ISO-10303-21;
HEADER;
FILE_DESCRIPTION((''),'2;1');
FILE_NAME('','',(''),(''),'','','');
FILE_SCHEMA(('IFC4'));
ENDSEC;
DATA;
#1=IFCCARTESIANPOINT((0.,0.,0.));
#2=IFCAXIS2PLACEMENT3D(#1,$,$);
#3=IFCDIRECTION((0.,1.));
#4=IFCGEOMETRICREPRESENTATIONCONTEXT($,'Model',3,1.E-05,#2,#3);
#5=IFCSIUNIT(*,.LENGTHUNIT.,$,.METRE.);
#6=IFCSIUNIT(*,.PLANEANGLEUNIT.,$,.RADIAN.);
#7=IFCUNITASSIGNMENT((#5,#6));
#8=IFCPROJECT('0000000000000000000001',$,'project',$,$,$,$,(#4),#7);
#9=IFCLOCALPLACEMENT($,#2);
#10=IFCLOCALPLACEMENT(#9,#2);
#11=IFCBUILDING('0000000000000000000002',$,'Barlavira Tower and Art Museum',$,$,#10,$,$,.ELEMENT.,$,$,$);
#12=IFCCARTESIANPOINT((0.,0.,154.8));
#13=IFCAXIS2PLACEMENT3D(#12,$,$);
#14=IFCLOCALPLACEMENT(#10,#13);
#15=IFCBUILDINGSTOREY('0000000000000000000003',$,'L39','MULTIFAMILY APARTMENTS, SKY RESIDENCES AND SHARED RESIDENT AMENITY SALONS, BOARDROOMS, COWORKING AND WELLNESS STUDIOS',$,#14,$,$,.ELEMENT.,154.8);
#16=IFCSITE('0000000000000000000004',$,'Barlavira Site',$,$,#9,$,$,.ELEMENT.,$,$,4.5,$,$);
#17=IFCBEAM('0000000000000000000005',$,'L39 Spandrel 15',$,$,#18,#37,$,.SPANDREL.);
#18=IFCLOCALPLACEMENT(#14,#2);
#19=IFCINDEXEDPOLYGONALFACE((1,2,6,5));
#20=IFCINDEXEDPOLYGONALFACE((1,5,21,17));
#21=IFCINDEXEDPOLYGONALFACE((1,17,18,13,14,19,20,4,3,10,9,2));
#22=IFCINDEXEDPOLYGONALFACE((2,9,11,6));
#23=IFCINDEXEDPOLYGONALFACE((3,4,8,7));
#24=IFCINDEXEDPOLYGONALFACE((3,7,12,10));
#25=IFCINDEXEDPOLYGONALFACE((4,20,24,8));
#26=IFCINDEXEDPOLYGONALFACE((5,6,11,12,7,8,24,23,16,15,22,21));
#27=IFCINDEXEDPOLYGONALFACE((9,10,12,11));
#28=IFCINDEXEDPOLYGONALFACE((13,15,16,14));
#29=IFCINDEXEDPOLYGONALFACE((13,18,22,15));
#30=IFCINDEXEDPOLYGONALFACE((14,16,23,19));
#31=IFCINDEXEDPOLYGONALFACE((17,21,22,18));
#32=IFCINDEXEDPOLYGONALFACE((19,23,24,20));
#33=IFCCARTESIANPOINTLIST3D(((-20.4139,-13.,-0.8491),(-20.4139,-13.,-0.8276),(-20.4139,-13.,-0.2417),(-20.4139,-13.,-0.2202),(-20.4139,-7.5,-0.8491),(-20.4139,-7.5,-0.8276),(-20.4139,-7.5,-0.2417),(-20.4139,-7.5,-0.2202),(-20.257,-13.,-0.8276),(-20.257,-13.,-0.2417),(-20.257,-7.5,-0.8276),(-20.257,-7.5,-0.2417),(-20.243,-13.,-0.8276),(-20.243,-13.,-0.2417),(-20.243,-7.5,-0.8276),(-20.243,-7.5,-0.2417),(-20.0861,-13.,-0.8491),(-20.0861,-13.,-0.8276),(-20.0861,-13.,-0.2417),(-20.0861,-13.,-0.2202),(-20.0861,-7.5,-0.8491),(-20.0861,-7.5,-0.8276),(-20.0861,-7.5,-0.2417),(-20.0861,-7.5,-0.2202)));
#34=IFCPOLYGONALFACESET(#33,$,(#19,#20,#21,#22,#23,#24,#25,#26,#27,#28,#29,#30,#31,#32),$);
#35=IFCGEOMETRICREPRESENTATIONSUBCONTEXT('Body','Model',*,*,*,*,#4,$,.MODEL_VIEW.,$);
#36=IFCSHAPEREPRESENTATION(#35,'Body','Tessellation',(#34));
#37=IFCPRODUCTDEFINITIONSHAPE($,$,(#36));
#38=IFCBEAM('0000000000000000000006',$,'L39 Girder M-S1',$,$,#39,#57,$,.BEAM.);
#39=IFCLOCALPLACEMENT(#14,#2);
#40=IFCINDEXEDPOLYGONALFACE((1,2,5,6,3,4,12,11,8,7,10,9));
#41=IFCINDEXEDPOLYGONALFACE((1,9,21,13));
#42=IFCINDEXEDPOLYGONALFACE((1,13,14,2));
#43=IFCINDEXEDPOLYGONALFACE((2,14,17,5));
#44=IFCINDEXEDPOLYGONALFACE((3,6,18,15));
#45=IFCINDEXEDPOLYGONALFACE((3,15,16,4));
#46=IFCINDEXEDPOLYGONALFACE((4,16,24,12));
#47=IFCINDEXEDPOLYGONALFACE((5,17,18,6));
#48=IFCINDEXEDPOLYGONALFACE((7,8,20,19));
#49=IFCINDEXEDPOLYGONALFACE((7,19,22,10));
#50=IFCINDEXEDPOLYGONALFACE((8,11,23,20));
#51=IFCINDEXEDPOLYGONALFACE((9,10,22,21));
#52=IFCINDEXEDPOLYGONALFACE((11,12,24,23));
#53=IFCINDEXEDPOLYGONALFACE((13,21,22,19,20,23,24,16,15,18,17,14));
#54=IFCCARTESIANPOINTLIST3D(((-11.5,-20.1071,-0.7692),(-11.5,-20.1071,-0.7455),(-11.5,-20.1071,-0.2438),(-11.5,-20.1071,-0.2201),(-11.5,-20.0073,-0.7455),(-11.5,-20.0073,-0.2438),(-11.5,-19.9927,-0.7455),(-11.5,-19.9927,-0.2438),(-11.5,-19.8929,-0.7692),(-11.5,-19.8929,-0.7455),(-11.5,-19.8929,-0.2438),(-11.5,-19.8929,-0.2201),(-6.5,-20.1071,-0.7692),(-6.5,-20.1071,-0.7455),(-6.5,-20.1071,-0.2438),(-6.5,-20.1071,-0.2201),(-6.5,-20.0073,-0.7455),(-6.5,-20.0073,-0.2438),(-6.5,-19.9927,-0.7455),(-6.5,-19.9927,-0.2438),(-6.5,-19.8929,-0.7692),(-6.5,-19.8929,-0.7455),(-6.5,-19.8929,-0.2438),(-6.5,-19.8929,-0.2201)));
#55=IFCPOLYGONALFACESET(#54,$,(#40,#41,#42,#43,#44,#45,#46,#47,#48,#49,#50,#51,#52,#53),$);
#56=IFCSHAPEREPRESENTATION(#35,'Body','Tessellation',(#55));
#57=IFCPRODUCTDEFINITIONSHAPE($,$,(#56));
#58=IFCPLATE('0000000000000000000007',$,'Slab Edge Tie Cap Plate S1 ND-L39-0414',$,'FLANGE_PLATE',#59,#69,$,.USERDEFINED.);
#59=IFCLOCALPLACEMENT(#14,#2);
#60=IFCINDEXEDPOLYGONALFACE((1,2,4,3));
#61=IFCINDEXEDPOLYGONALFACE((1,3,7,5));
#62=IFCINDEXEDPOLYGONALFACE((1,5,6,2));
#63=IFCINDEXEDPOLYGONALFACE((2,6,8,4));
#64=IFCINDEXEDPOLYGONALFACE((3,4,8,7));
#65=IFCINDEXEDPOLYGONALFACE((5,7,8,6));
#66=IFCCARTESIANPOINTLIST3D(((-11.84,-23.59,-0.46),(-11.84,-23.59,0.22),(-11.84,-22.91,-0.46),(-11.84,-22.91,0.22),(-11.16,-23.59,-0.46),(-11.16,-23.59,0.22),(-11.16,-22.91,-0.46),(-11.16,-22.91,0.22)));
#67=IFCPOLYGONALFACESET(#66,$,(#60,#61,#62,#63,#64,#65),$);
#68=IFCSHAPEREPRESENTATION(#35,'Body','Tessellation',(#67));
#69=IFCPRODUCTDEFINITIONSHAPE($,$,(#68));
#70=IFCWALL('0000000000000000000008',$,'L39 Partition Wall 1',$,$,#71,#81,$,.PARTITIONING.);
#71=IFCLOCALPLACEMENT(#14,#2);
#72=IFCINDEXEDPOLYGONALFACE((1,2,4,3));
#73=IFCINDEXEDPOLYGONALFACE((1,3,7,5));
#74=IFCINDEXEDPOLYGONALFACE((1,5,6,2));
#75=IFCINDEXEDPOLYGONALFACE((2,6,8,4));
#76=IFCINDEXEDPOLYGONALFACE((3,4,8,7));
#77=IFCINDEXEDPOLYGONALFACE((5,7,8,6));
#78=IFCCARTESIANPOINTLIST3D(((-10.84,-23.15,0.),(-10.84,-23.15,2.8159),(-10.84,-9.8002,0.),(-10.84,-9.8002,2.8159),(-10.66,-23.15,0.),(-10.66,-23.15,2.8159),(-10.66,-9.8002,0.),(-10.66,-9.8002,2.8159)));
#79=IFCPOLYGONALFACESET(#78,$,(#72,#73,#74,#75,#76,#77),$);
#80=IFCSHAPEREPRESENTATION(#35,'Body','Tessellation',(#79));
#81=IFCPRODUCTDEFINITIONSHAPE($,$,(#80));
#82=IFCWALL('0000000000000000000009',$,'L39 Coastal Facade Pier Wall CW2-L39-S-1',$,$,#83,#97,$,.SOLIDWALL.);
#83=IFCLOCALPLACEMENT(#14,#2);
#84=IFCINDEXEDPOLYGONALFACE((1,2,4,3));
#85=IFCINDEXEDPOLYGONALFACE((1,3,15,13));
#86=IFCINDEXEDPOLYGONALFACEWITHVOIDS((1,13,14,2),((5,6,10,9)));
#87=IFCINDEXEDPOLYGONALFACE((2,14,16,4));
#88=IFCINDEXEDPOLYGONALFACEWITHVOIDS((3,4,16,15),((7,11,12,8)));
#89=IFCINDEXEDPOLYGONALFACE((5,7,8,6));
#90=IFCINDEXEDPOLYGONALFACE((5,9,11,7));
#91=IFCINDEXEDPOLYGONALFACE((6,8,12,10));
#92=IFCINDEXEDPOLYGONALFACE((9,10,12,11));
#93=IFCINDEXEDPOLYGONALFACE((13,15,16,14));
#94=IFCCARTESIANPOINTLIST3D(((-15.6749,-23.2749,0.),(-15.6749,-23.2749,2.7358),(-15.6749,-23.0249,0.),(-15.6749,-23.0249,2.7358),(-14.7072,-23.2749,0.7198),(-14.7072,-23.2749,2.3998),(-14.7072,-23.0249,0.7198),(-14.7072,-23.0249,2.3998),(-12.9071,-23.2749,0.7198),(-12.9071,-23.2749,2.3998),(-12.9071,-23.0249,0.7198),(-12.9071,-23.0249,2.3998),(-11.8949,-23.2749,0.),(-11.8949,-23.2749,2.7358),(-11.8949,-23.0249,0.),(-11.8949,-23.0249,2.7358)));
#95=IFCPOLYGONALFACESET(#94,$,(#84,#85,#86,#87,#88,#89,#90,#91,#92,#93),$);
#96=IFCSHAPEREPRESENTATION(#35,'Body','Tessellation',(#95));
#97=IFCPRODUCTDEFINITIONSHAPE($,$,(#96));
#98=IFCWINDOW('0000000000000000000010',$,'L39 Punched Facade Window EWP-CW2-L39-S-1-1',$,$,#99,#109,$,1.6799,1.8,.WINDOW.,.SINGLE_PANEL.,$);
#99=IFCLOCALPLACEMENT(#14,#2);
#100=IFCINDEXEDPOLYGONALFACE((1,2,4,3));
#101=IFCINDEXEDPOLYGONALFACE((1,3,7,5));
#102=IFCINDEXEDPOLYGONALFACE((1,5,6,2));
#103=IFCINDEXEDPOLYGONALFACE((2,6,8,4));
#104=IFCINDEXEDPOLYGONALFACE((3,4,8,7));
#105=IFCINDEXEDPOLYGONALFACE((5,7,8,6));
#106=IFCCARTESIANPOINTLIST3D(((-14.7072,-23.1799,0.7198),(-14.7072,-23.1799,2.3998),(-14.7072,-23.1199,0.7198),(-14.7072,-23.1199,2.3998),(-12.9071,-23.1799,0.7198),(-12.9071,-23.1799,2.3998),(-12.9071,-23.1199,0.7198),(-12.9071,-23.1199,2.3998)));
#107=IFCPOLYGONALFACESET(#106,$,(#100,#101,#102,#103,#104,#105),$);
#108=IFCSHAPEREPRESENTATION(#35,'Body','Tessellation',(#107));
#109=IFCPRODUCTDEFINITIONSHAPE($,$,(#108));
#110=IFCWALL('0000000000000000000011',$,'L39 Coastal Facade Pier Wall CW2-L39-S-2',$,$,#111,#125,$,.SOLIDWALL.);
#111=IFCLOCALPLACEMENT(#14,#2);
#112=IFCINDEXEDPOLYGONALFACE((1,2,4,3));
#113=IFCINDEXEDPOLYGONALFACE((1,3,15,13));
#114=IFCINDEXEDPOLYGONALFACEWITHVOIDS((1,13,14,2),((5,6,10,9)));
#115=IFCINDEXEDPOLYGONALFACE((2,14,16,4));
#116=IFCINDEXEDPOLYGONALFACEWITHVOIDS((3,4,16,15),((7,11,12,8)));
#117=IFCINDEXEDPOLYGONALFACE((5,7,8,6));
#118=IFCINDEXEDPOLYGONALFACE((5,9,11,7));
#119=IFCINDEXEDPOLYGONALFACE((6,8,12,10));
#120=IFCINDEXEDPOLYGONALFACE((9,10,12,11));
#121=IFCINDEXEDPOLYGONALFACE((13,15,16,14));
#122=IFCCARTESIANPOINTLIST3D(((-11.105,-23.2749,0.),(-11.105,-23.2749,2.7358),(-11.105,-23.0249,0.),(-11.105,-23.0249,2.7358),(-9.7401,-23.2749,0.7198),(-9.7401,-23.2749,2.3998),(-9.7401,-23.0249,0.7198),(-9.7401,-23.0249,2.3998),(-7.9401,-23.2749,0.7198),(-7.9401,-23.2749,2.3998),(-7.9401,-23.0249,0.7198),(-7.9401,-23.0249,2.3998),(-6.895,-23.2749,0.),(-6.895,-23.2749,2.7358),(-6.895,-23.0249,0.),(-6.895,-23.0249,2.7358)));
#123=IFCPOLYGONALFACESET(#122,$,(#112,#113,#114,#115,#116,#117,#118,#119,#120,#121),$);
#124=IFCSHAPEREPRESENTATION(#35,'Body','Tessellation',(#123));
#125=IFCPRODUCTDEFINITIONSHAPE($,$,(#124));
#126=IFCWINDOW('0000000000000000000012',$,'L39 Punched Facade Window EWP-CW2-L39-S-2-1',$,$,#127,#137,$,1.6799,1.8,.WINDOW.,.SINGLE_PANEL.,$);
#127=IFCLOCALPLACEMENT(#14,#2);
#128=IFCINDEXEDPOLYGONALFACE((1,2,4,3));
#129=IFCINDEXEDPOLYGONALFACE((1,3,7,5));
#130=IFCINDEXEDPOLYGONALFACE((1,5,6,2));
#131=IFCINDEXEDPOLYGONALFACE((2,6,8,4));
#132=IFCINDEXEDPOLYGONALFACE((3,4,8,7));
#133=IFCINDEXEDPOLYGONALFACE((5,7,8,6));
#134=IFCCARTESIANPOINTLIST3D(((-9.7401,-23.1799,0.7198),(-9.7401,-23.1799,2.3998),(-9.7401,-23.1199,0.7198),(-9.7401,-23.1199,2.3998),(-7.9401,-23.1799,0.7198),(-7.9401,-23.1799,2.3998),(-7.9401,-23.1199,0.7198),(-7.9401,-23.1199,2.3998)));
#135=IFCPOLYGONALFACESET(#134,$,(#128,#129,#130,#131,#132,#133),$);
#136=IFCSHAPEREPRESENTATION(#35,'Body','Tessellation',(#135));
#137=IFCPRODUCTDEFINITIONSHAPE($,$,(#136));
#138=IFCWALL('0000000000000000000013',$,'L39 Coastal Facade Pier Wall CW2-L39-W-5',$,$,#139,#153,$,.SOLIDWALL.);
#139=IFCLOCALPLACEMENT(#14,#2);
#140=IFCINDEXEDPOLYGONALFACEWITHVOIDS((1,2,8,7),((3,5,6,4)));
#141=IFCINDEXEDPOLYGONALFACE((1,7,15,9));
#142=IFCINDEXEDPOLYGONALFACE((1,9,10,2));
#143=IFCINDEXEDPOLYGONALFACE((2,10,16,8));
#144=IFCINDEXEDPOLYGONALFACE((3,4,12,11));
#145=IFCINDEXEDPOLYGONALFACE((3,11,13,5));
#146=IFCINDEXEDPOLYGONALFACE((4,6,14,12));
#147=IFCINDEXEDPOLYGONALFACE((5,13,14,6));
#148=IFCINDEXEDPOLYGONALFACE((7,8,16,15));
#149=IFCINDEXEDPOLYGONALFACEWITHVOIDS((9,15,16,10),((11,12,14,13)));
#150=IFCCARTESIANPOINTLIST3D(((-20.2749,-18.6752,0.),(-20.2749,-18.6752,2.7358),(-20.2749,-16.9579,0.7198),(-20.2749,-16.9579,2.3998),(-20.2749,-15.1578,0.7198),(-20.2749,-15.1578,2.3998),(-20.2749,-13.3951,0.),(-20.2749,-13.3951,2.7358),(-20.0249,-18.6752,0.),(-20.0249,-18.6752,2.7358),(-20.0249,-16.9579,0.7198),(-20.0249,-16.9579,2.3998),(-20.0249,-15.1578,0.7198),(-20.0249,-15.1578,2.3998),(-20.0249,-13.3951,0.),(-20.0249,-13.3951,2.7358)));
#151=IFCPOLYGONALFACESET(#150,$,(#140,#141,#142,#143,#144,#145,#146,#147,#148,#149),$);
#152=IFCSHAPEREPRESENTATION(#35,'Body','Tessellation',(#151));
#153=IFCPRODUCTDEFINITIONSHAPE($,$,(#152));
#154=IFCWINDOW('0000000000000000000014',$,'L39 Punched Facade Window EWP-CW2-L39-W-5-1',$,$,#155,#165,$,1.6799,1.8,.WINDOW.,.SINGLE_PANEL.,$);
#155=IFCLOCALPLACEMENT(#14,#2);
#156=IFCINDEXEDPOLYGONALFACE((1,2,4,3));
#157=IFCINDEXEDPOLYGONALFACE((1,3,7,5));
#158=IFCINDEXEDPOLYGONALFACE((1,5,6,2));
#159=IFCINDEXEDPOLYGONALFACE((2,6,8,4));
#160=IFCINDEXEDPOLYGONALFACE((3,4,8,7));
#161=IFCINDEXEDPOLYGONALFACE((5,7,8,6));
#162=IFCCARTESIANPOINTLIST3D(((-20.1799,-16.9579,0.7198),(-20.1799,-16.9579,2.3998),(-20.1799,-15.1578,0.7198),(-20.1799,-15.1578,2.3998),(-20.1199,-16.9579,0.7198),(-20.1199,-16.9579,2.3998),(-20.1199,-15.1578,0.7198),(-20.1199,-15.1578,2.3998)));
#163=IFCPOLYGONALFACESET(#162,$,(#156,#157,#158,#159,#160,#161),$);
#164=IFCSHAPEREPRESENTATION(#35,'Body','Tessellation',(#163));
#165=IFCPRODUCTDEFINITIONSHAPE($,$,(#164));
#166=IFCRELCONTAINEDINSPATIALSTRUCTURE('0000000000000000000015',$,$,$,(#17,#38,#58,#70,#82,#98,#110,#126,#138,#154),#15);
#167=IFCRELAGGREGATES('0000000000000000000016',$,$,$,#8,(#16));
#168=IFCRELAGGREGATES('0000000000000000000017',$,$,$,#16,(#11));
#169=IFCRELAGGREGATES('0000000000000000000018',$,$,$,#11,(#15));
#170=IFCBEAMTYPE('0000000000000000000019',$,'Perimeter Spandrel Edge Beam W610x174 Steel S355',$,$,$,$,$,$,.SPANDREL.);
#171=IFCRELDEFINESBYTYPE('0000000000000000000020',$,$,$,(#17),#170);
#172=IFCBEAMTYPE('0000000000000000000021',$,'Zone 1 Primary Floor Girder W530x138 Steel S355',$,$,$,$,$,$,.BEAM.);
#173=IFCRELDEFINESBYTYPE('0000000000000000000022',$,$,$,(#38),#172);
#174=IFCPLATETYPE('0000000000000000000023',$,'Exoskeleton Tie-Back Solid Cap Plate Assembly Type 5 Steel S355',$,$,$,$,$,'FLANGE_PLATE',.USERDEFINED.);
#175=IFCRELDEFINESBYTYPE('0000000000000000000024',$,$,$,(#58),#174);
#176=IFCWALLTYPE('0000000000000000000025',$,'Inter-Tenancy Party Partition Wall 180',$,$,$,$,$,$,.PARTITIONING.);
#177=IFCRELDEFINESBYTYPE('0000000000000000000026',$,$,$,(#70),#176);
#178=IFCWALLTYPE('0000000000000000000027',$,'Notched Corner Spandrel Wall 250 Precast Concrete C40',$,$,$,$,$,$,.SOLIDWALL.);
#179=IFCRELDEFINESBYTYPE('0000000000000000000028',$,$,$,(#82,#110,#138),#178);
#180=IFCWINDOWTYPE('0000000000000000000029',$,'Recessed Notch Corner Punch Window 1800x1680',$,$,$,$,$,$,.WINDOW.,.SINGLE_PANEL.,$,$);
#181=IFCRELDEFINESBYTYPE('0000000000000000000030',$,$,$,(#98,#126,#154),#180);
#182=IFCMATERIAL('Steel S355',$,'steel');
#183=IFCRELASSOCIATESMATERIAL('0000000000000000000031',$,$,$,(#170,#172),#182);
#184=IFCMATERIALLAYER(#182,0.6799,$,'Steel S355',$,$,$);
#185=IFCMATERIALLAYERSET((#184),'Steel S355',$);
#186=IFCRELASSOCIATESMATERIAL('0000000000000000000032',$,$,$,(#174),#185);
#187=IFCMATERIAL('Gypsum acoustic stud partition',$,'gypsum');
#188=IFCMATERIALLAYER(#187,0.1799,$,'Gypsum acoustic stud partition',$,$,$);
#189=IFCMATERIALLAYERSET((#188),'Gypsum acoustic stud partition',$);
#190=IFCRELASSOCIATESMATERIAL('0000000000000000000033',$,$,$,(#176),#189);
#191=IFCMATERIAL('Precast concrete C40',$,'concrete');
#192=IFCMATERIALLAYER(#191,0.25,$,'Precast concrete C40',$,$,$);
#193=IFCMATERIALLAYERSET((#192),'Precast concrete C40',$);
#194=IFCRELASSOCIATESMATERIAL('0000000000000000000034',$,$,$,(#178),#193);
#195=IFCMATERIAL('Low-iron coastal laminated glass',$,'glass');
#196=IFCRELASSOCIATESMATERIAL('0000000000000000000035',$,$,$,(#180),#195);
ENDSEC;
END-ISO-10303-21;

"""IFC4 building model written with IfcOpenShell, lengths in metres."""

from ifc_helpers import new_model, si_unit, direction, frame, frame_2d, origin, origin_2d, place, context, subcontext, project, spatial, rectangle, i_section, extrude, material, layer, layer_set, material_profile, profile_set, type_object, element, fill, save


model = new_model("IFC4")

# Units and contexts
model_context = context("Model", 3, precision=1e-05, world=origin(), true_north=direction((0.0, 1.0)))
body_context = subcontext(model_context, "Body", "Model", "MODEL_VIEW")
ifc_project = project(units=[si_unit("LENGTHUNIT", "METRE"), si_unit("PLANEANGLEUNIT", "RADIAN")], contexts=[model_context])

# Site, building, storey
site_placement = place(None, origin())
site = spatial("IfcSite", under=ifc_project, at=site_placement, Name="Barlavira Site", CompositionType="ELEMENT", RefElevation=4.5)
building_placement = place(site_placement, origin())
building = spatial("IfcBuilding", under=site, at=building_placement, Name="Barlavira Tower and Art Museum", CompositionType="ELEMENT")
storey_placement = place(building_placement, frame((0.0, 0.0, 154.8)))
storey = spatial("IfcBuildingStorey", under=building, at=storey_placement, Name="L39", Description="MULTIFAMILY APARTMENTS, SKY RESIDENCES AND SHARED RESIDENT AMENITY SALONS, BOARDROOMS, COWORKING AND WELLNESS STUDIOS", CompositionType="ELEMENT", Elevation=154.8)

# Shared definitions
ifc_material_1 = material(Name="Steel S355", Category="steel")

# Beams
ifc_material_profile_1 = material_profile(ifc_material_1, i_section(OverallWidth=0.3279, OverallDepth=0.6289, WebThickness=0.0139, FlangeThickness=0.0215, at=origin_2d()), Name="W610x174.0")
ifc_profile_set_1 = profile_set([ifc_material_profile_1], Name="Steel S355")
beam_type_1 = type_object("IfcBeamType", Name="Perimeter Spandrel Edge Beam W610x174 Steel S355", PredefinedType="SPANDREL", material=ifc_profile_set_1)
beam_1_placement = place(storey_placement, frame((-20.25, -13.0, -0.5347), z_axis=(0.0, 1.0, 0.0), x_axis=(-1.0, 0.0, 0.0)))
element("IfcBeam", 1, at=beam_1_placement, inside=storey, type_object=beam_type_1, Name="L39 Spandrel 15", PredefinedType="SPANDREL", context=body_context, shape_type="SweptSolid", body=[
    extrude(i_section(OverallWidth=0.3279, OverallDepth=0.6289, WebThickness=0.0139, FlangeThickness=0.0215, at=origin_2d()), origin(), (0.0, 0.0, 1.0), 5.5),
])
ifc_material_profile_2 = material_profile(ifc_material_1, i_section(OverallWidth=0.2141, OverallDepth=0.5491, WebThickness=0.0146, FlangeThickness=0.0237, at=origin_2d()), Name="W530x138.0")
ifc_profile_set_2 = profile_set([ifc_material_profile_2], Name="Steel S355")
beam_type_2 = type_object("IfcBeamType", Name="Zone 1 Primary Floor Girder W530x138 Steel S355", PredefinedType="BEAM", material=ifc_profile_set_2)
beam_2_placement = place(storey_placement, frame((-11.5, -20.0, -0.4946), z_axis=(1.0, 0.0, 0.0), x_axis=(0.0, 1.0, 0.0)))
element("IfcBeam", 2, at=beam_2_placement, inside=storey, type_object=beam_type_2, Name="L39 Girder M-S1", PredefinedType="BEAM", context=body_context, shape_type="SweptSolid", body=[
    extrude(i_section(OverallWidth=0.2141, OverallDepth=0.5491, WebThickness=0.0146, FlangeThickness=0.0237, at=origin_2d()), origin(), (0.0, 0.0, 1.0), 5.0),
])

# Plate
ifc_layer_1 = layer(ifc_material_1, 0.6799, Name="Steel S355")
ifc_layer_set_1 = layer_set([ifc_layer_1], Name="Steel S355")
plate_type = type_object("IfcPlateType", Name="Exoskeleton Tie-Back Solid Cap Plate Assembly Type 5 Steel S355", ElementType="FLANGE_PLATE", PredefinedType="USERDEFINED", material=ifc_layer_set_1)
plate_placement = place(storey_placement, frame((-11.5, -23.25, -0.46), z_axis=(0.0, 0.0, 1.0), x_axis=(1.0, 0.0, 0.0)))
element("IfcPlate", 3, at=plate_placement, inside=storey, type_object=plate_type, Name="Slab Edge Tie Cap Plate S1 ND-L39-0414", ObjectType="FLANGE_PLATE", PredefinedType="USERDEFINED", context=body_context, shape_type="SweptSolid", body=[
    extrude(rectangle(XDim=0.6799, YDim=0.6799, at=origin_2d()), origin(), (0.0, 0.0, 1.0), 0.6799),
])

# Wall
ifc_material_2 = material(Name="Gypsum acoustic stud partition", Category="gypsum")
ifc_layer_2 = layer(ifc_material_2, 0.1799, Name="Gypsum acoustic stud partition")
ifc_layer_set_2 = layer_set([ifc_layer_2], Name="Gypsum acoustic stud partition")
wall_type_1 = type_object("IfcWallType", Name="Inter-Tenancy Party Partition Wall 180", PredefinedType="PARTITIONING", material=ifc_layer_set_2)
wall_1_placement = place(storey_placement, frame((-10.75, -23.1499, 0.0), z_axis=(0.0, 0.0, 1.0), x_axis=(0.0, 1.0, 0.0)))
element("IfcWall", 4, at=wall_1_placement, inside=storey, type_object=wall_type_1, Name="L39 Partition Wall 1", PredefinedType="PARTITIONING", context=body_context, shape_type="SweptSolid", body=[
    extrude(rectangle(XDim=13.3499, YDim=0.1799, at=frame_2d((6.6748, 0.0))), origin(), (0.0, 0.0, 1.0), 2.8159),
])

# Walls, openings, windows
ifc_material_3 = material(Name="Precast concrete C40", Category="concrete")
ifc_layer_3 = layer(ifc_material_3, 0.25, Name="Precast concrete C40")
ifc_layer_set_3 = layer_set([ifc_layer_3], Name="Precast concrete C40")
wall_type_2 = type_object("IfcWallType", Name="Notched Corner Spandrel Wall 250 Precast Concrete C40", PredefinedType="SOLIDWALL", material=ifc_layer_set_3)
wall_2_placement = place(storey_placement, frame((-15.675, -23.1499, 0.0), z_axis=(0.0, 0.0, 1.0), x_axis=(1.0, 0.0, 0.0)))
wall_2 = element("IfcWall", 5, at=wall_2_placement, inside=storey, type_object=wall_type_2, Name="L39 Coastal Facade Pier Wall CW2-L39-S-1", PredefinedType="SOLIDWALL", context=body_context, shape_type="SweptSolid", body=[
    extrude(rectangle(XDim=3.78, YDim=0.25, at=frame_2d((1.8901, 0.0))), origin(), (0.0, 0.0, 1.0), 2.7358),
])
opening_1_placement = place(wall_2_placement, frame((0.968, 0.0, 0.72)))
opening_1 = element("IfcOpeningElement", 6, at=opening_1_placement, cuts=wall_2, PredefinedType="OPENING", context=body_context, shape_type="SweptSolid", body=[
    extrude(rectangle(XDim=1.8, YDim=1.6799, at=frame_2d((0.8999, 0.8398))), frame((0.0, 0.135, 0.0), z_axis=(0.0, -1.0, 0.0), x_axis=(1.0, 0.0, 0.0)), (0.0, 0.0, 1.0), 0.27),
])
ifc_material_4 = material(Name="Low-iron coastal laminated glass", Category="glass")
window_type = type_object("IfcWindowType", Name="Recessed Notch Corner Punch Window 1800x1680", PartitioningType="SINGLE_PANEL", PredefinedType="WINDOW", material=ifc_material_4)
window_1_placement = place(opening_1_placement, origin())
window_1 = element("IfcWindow", 7, at=window_1_placement, inside=storey, type_object=window_type, Name="L39 Punched Facade Window EWP-CW2-L39-S-1-1", OverallHeight=1.6799, OverallWidth=1.8, PartitioningType="SINGLE_PANEL", PredefinedType="WINDOW", context=body_context, shape_type="SweptSolid", body=[
    extrude(rectangle(XDim=1.8, YDim=1.6799, at=frame_2d((0.8999, 0.8398))), frame((0.0, 0.03, 0.0), z_axis=(0.0, -1.0, 0.0), x_axis=(1.0, 0.0, 0.0)), (0.0, 0.0, 1.0), 0.0601),
])
fill(opening_1, window_1)
wall_3_placement = place(storey_placement, frame((-11.105, -23.1499, 0.0), z_axis=(0.0, 0.0, 1.0), x_axis=(1.0, 0.0, 0.0)))
wall_3 = element("IfcWall", 8, at=wall_3_placement, inside=storey, type_object=wall_type_2, Name="L39 Coastal Facade Pier Wall CW2-L39-S-2", PredefinedType="SOLIDWALL", context=body_context, shape_type="SweptSolid", body=[
    extrude(rectangle(XDim=4.21, YDim=0.25, at=frame_2d((2.105, 0.0))), origin(), (0.0, 0.0, 1.0), 2.7358),
])
opening_2_placement = place(wall_3_placement, frame((1.365, 0.0, 0.72)))
opening_2 = element("IfcOpeningElement", 9, at=opening_2_placement, cuts=wall_3, PredefinedType="OPENING", context=body_context, shape_type="SweptSolid", body=[
    extrude(rectangle(XDim=1.8, YDim=1.6799, at=frame_2d((0.8999, 0.8398))), frame((0.0, 0.135, 0.0), z_axis=(0.0, -1.0, 0.0), x_axis=(1.0, 0.0, 0.0)), (0.0, 0.0, 1.0), 0.27),
])
window_2_placement = place(opening_2_placement, origin())
window_2 = element("IfcWindow", 10, at=window_2_placement, inside=storey, type_object=window_type, Name="L39 Punched Facade Window EWP-CW2-L39-S-2-1", OverallHeight=1.6799, OverallWidth=1.8, PartitioningType="SINGLE_PANEL", PredefinedType="WINDOW", context=body_context, shape_type="SweptSolid", body=[
    extrude(rectangle(XDim=1.8, YDim=1.6799, at=frame_2d((0.8999, 0.8398))), frame((0.0, 0.03, 0.0), z_axis=(0.0, -1.0, 0.0), x_axis=(1.0, 0.0, 0.0)), (0.0, 0.0, 1.0), 0.0601),
])
fill(opening_2, window_2)
wall_4_placement = place(storey_placement, frame((-20.1499, -13.395, 0.0), z_axis=(0.0, 0.0, 1.0), x_axis=(0.0, -1.0, 0.0)))
wall_4 = element("IfcWall", 11, at=wall_4_placement, inside=storey, type_object=wall_type_2, Name="L39 Coastal Facade Pier Wall CW2-L39-W-5", PredefinedType="SOLIDWALL", context=body_context, shape_type="SweptSolid", body=[
    extrude(rectangle(XDim=5.28, YDim=0.25, at=frame_2d((2.6401, 0.0))), origin(), (0.0, 0.0, 1.0), 2.7358),
])
opening_3_placement = place(wall_4_placement, frame((1.7629, 0.0, 0.72)))
opening_3 = element("IfcOpeningElement", 12, at=opening_3_placement, cuts=wall_4, PredefinedType="OPENING", context=body_context, shape_type="SweptSolid", body=[
    extrude(rectangle(XDim=1.8, YDim=1.6799, at=frame_2d((0.8999, 0.8398))), frame((0.0, 0.135, 0.0), z_axis=(0.0, -1.0, 0.0), x_axis=(1.0, 0.0, 0.0)), (0.0, 0.0, 1.0), 0.27),
])
window_3_placement = place(opening_3_placement, origin())
window_3 = element("IfcWindow", 13, at=window_3_placement, inside=storey, type_object=window_type, Name="L39 Punched Facade Window EWP-CW2-L39-W-5-1", OverallHeight=1.6799, OverallWidth=1.8, PartitioningType="SINGLE_PANEL", PredefinedType="WINDOW", context=body_context, shape_type="SweptSolid", body=[
    extrude(rectangle(XDim=1.8, YDim=1.6799, at=frame_2d((0.8999, 0.8398))), frame((0.0, 0.03, 0.0), z_axis=(0.0, -1.0, 0.0), x_axis=(1.0, 0.0, 0.0)), (0.0, 0.0, 1.0), 0.0601),
])
fill(opening_3, window_3)

save(model, "model.ifc")
